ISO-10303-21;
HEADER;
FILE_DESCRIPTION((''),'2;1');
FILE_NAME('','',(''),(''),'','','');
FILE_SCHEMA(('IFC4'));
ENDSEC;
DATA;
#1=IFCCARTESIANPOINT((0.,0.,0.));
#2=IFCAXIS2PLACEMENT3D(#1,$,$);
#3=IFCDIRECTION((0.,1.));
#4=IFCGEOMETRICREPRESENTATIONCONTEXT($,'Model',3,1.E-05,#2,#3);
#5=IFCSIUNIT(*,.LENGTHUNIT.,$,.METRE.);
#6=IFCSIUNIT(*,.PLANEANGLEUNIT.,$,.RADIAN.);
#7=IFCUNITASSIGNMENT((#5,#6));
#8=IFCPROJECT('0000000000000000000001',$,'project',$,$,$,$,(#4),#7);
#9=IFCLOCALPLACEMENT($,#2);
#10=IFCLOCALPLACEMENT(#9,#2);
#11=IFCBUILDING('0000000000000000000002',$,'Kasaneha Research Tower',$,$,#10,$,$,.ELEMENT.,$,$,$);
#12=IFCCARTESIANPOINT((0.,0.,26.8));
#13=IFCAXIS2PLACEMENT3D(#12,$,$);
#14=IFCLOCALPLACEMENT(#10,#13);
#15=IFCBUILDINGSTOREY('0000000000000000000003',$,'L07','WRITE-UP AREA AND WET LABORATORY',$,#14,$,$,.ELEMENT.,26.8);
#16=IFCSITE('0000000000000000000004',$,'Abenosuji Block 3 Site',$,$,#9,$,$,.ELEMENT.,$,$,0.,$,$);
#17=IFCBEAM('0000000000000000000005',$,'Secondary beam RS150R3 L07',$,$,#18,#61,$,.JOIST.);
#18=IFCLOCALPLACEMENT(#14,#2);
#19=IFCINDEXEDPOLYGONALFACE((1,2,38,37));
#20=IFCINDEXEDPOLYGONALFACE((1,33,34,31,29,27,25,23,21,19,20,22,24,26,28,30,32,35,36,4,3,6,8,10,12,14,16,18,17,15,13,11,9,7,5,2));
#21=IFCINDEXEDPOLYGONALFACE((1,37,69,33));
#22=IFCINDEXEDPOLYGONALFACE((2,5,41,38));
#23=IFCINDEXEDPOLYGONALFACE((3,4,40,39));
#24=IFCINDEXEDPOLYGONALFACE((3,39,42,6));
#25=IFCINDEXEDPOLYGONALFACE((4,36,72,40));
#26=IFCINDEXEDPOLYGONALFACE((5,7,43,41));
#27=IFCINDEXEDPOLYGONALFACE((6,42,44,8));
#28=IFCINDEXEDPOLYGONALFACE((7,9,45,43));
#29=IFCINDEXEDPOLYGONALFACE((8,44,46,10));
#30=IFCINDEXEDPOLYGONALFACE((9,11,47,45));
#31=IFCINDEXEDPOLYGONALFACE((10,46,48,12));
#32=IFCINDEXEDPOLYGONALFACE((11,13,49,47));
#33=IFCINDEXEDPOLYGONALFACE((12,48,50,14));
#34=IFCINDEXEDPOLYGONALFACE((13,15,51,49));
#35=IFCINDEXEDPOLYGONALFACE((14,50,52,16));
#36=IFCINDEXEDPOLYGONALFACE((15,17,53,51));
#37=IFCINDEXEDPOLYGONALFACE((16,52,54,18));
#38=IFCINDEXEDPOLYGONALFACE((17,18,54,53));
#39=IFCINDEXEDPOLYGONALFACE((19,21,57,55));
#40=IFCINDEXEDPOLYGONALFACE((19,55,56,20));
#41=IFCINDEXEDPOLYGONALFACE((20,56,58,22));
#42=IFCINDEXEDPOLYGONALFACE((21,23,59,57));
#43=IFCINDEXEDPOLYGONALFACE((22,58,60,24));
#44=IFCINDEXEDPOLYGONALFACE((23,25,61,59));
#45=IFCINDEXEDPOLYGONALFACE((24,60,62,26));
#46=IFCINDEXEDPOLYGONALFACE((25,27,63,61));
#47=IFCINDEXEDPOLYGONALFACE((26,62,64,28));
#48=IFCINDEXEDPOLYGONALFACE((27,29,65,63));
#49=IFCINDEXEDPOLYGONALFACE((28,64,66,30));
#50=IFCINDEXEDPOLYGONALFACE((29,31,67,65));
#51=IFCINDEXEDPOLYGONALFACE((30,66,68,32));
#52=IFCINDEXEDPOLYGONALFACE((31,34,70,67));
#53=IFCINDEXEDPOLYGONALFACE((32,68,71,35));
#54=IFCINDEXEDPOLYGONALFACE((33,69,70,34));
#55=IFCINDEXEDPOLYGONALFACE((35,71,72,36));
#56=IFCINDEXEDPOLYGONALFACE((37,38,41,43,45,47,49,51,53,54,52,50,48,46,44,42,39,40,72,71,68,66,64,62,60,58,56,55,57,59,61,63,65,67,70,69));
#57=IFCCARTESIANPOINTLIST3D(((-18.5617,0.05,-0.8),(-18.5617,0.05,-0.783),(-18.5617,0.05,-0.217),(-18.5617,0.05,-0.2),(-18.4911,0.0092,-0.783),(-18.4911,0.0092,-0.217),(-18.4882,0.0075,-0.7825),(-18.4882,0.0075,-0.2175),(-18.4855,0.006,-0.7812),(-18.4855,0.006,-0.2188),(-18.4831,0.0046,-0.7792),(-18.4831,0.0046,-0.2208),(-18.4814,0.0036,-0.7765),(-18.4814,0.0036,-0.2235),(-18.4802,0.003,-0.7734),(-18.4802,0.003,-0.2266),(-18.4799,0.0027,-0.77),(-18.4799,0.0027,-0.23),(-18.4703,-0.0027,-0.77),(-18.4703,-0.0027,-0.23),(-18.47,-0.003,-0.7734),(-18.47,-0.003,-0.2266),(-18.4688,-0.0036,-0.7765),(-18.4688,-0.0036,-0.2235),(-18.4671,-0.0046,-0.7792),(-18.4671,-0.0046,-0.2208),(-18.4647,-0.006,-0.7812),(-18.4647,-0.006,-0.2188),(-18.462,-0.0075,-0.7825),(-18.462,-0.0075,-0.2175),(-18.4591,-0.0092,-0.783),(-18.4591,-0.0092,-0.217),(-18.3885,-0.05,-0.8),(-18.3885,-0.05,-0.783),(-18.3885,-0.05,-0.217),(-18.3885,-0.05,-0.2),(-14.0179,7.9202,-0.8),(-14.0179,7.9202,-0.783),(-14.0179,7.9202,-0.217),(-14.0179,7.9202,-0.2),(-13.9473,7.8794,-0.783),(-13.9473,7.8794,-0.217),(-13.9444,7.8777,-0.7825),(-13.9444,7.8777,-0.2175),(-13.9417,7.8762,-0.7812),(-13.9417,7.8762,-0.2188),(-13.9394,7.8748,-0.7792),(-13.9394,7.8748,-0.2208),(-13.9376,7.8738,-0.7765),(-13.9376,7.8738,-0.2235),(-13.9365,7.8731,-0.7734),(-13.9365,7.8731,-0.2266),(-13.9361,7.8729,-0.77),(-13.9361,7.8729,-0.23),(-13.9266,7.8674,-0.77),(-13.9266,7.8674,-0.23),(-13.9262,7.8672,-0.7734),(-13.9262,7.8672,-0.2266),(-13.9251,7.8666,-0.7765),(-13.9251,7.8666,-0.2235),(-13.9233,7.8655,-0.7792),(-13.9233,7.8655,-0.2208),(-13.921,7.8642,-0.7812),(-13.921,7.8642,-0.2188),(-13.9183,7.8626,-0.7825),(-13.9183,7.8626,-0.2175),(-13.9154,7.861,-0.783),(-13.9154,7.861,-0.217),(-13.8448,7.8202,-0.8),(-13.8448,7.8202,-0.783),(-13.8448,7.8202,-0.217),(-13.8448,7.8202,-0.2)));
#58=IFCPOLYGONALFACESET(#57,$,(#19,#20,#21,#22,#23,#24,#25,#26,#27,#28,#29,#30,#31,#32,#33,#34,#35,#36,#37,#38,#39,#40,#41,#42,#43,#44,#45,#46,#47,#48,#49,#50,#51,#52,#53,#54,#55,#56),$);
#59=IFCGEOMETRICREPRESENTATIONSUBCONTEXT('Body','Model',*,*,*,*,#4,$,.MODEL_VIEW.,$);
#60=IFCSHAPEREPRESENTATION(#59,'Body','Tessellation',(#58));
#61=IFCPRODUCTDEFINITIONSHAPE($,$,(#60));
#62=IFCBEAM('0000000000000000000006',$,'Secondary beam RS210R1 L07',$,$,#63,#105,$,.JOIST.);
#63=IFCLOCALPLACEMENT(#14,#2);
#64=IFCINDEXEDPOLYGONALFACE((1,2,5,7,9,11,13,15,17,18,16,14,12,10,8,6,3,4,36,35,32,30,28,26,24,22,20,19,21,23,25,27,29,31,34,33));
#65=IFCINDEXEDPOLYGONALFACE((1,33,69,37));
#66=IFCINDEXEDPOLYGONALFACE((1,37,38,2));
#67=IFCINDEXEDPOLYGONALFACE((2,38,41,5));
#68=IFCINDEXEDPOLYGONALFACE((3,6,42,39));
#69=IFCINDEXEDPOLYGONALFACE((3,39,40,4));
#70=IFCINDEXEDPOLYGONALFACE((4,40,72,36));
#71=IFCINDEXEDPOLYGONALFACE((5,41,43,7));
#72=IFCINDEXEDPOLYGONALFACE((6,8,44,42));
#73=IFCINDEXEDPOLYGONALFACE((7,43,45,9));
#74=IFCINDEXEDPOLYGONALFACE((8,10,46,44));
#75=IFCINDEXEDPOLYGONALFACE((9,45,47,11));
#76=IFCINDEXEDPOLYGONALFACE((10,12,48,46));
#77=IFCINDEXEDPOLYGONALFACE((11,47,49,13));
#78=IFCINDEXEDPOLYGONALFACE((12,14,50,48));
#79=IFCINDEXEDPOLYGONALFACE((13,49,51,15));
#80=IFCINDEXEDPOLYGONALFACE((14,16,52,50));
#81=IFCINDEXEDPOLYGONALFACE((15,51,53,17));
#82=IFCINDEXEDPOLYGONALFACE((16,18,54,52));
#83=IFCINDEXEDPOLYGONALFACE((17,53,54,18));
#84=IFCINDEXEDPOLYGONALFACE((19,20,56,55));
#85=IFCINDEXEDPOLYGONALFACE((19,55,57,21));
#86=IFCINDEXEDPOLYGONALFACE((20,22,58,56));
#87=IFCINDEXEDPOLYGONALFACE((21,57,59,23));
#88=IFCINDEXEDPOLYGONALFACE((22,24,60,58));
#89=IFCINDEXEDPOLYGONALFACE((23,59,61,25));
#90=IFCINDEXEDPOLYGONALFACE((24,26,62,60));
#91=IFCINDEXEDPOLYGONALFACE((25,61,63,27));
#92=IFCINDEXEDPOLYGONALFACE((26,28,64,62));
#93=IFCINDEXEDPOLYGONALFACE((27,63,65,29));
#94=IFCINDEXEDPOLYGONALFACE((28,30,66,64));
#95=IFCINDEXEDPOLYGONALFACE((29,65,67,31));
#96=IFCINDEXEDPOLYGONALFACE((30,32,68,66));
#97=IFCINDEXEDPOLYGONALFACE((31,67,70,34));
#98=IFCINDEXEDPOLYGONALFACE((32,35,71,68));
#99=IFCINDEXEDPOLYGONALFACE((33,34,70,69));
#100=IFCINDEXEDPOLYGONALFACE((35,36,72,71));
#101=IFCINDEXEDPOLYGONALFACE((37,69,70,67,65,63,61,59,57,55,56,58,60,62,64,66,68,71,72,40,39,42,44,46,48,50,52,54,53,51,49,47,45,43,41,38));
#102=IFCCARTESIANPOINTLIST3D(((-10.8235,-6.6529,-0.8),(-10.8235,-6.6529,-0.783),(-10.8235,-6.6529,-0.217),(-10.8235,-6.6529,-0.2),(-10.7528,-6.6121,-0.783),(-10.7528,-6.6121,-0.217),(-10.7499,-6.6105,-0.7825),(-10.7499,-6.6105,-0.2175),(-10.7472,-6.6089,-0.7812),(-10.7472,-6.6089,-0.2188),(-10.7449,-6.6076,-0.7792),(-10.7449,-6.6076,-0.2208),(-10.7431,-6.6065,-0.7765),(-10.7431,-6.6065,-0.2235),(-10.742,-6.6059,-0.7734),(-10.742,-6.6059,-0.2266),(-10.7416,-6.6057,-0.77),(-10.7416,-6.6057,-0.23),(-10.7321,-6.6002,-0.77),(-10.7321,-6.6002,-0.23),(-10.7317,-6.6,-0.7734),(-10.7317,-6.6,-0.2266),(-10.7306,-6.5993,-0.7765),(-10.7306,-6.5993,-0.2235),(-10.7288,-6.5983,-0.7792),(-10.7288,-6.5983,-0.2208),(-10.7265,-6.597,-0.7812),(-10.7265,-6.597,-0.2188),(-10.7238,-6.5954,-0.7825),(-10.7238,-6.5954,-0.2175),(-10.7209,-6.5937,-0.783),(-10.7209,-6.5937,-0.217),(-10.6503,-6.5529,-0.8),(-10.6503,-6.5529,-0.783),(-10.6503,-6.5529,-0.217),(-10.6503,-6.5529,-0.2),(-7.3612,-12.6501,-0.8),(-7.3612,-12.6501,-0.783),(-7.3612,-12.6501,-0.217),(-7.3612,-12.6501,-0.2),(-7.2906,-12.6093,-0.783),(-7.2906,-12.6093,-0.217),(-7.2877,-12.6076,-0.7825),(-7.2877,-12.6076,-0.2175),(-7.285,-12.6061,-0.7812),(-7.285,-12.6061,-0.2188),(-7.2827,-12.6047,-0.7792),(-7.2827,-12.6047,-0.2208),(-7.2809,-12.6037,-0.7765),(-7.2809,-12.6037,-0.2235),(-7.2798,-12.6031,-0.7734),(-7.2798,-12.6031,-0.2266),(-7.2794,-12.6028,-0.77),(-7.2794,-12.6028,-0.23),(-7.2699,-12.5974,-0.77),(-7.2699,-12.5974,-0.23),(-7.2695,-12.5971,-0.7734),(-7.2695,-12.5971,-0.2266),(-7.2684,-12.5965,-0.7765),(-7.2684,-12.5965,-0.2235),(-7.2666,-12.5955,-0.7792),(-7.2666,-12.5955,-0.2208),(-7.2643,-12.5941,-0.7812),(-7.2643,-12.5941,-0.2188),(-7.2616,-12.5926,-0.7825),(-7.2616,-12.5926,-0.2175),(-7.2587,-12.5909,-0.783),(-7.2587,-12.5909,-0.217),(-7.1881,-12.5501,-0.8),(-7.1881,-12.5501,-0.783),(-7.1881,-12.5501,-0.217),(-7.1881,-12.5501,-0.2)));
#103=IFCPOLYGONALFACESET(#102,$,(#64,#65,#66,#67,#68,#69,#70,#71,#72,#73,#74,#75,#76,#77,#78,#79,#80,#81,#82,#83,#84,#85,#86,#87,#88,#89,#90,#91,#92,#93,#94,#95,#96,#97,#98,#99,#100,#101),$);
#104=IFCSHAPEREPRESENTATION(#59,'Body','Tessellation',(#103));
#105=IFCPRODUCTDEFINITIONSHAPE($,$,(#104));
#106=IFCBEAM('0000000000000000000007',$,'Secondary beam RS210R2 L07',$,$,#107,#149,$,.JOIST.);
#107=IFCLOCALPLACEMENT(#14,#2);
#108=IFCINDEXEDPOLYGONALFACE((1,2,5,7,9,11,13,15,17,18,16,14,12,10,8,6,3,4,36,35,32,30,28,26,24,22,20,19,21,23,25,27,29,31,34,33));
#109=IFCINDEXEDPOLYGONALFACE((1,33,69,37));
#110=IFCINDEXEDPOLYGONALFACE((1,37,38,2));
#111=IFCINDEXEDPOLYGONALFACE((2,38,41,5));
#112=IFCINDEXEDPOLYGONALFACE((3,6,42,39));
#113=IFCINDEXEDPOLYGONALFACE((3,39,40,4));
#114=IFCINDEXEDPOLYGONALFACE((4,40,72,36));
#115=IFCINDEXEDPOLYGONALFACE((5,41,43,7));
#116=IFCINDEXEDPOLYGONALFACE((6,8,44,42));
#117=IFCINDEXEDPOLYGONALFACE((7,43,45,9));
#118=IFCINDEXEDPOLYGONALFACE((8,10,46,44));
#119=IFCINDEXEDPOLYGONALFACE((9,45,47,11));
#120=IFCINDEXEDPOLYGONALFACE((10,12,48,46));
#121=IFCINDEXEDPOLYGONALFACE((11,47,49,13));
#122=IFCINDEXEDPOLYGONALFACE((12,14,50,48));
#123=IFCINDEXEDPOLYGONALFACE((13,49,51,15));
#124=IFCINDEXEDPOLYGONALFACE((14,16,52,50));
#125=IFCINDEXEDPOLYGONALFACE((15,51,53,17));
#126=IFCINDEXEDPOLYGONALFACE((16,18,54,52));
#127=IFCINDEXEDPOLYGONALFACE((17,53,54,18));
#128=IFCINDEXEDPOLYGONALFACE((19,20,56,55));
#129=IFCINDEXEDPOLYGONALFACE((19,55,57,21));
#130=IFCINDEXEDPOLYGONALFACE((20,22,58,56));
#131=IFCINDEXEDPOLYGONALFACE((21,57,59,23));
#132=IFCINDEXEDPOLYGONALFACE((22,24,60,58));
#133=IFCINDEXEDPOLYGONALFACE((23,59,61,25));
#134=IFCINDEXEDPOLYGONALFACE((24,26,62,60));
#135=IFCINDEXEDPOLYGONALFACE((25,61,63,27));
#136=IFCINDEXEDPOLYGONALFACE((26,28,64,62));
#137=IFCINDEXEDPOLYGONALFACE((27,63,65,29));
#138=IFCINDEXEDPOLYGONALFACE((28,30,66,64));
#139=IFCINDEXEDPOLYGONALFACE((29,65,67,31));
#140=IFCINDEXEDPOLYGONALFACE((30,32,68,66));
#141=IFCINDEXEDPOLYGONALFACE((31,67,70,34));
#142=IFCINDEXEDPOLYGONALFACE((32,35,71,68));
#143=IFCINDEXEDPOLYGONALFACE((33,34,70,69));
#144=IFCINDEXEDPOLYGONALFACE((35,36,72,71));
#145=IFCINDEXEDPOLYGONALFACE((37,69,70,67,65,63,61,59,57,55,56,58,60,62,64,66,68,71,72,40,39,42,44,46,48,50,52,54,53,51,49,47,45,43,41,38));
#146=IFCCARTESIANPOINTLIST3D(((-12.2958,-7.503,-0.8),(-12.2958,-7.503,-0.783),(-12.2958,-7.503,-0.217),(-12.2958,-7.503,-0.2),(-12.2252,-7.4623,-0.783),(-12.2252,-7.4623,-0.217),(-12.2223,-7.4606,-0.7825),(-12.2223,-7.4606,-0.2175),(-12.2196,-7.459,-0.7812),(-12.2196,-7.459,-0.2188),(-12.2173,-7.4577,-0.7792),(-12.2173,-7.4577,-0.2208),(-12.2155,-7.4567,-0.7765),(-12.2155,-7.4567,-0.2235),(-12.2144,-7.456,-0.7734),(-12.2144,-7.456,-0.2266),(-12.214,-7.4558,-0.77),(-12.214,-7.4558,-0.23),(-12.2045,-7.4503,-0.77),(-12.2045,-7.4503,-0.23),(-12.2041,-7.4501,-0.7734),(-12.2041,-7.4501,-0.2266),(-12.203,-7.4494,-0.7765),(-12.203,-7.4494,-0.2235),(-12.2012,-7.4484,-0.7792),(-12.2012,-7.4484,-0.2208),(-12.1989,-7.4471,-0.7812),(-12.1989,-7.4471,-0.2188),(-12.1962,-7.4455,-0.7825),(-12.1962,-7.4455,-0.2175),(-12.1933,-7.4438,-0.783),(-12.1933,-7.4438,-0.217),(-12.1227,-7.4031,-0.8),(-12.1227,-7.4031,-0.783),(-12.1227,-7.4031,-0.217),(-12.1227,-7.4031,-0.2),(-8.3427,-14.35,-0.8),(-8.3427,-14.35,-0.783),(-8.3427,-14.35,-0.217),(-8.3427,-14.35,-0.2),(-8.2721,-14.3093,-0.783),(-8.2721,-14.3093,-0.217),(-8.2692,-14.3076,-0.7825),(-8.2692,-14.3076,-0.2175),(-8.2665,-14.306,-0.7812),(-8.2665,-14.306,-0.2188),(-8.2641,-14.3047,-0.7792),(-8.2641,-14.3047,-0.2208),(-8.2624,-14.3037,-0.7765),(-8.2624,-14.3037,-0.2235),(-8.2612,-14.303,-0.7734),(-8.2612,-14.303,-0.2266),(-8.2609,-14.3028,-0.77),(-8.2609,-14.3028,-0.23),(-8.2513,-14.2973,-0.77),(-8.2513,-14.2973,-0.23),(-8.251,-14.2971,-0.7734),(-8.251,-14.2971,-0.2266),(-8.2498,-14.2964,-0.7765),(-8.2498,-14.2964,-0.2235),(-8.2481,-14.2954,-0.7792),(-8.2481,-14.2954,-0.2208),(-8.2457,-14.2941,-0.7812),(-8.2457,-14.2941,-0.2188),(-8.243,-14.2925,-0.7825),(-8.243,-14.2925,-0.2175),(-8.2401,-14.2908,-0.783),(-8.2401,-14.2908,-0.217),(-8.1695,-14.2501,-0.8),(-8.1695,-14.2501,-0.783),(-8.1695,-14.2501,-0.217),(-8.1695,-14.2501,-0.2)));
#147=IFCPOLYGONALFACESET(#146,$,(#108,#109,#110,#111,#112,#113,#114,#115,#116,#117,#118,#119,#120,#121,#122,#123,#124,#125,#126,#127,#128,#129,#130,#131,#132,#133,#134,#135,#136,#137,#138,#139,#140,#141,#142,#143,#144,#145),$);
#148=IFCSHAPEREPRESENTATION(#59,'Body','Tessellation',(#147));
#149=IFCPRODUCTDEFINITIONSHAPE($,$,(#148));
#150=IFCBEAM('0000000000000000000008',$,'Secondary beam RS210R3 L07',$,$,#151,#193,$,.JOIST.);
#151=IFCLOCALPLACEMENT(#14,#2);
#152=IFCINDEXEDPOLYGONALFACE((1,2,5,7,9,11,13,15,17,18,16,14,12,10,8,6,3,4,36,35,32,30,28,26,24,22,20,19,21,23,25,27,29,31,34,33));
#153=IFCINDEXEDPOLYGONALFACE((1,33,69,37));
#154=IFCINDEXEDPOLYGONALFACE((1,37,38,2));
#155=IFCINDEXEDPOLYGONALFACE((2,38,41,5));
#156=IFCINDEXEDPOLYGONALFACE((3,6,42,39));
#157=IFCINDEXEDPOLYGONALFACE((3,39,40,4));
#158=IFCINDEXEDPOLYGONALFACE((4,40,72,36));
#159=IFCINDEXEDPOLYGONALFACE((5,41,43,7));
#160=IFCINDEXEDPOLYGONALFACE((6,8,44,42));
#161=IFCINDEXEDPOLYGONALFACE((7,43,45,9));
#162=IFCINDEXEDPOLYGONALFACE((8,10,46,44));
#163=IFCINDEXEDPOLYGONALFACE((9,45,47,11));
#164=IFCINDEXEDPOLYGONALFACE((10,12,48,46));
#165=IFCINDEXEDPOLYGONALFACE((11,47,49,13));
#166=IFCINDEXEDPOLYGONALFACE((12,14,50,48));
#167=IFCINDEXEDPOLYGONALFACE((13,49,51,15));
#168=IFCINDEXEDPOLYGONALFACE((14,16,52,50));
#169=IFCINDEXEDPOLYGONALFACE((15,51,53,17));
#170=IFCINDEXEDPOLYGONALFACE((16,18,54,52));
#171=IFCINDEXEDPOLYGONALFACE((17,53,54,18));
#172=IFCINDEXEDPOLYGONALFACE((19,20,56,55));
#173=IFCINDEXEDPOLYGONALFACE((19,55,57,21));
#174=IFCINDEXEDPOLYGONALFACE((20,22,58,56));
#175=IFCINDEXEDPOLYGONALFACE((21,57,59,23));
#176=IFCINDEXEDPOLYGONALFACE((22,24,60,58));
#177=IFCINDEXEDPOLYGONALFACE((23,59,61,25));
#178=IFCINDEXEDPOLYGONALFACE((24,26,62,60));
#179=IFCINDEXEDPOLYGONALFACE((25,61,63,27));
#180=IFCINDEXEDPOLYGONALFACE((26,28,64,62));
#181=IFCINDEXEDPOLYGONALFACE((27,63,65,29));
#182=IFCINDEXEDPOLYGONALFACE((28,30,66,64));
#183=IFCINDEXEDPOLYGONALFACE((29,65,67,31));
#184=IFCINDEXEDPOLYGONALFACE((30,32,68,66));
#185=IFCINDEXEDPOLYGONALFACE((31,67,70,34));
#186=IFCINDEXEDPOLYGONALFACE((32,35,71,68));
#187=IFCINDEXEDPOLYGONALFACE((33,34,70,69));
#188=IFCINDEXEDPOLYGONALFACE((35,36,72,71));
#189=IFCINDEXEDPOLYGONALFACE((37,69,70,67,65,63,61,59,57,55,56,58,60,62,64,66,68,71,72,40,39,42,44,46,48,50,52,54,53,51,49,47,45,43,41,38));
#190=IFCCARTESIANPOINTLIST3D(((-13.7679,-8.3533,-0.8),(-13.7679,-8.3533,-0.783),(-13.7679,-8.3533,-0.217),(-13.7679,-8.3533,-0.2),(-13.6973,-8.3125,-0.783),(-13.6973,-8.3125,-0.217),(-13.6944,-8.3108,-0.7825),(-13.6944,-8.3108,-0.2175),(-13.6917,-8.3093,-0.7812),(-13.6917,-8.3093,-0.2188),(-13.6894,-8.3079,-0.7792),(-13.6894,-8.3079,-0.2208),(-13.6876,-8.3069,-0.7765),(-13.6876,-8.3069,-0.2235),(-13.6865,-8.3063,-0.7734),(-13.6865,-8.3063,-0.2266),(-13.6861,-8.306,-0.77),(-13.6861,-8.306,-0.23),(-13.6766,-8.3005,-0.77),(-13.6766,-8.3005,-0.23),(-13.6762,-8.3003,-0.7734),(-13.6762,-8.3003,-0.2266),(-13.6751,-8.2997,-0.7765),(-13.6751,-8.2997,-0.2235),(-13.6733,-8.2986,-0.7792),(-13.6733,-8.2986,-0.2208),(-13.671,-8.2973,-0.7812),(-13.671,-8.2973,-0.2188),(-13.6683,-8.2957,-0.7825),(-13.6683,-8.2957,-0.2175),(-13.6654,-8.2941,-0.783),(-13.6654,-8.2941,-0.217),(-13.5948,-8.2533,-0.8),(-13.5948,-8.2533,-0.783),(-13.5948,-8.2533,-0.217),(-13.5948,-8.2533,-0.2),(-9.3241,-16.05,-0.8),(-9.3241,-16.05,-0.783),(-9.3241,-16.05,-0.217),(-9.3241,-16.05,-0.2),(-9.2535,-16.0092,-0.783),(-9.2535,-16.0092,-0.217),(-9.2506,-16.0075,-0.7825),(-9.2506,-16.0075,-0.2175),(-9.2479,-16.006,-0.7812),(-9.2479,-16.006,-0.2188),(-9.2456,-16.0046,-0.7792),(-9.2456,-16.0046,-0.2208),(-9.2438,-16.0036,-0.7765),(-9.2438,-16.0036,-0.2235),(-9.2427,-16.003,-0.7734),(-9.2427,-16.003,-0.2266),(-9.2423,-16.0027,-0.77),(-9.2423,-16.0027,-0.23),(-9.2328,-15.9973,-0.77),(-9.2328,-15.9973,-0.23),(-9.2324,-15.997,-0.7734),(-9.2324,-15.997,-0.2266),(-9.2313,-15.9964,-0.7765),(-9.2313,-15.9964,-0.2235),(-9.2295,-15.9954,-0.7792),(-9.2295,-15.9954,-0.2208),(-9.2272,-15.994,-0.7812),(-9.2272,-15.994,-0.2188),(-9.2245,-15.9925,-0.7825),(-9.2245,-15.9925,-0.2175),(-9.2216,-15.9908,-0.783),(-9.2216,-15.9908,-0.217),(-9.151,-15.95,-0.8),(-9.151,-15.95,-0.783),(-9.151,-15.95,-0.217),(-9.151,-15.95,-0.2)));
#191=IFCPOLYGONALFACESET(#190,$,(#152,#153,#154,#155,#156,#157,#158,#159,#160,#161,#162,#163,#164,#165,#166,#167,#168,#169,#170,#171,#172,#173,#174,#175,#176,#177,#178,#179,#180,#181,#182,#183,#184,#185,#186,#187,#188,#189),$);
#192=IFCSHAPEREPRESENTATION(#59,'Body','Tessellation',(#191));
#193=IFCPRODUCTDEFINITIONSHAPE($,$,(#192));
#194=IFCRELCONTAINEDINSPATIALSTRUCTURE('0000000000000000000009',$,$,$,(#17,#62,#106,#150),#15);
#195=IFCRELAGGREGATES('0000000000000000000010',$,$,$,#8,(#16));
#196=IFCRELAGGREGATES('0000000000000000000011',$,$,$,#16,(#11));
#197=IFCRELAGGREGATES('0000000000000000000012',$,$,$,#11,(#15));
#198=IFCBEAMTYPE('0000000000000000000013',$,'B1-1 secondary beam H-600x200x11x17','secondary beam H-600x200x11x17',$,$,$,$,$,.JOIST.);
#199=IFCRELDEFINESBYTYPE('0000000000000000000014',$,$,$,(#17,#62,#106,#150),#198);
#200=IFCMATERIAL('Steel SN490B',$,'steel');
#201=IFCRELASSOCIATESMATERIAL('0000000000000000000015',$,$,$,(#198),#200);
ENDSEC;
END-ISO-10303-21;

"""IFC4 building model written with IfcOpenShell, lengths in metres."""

from ifc_helpers import new_model, si_unit, direction, frame, origin, origin_2d, place, context, subcontext, project, spatial, i_section, extrude, material, material_profile, profile_set, type_object, element, save


model = new_model("IFC4")

# Units and contexts
model_context = context("Model", 3, precision=1e-05, world=origin(), true_north=direction((0.0, 1.0)))
body_context = subcontext(model_context, "Body", "Model", "MODEL_VIEW")
ifc_project = project(units=[si_unit("LENGTHUNIT", "METRE"), si_unit("PLANEANGLEUNIT", "RADIAN")], contexts=[model_context])

# Site, building, storey
site_placement = place(None, origin())
site = spatial("IfcSite", under=ifc_project, at=site_placement, Name="Abenosuji Block 3 Site", CompositionType="ELEMENT", RefElevation=0.0)
building_placement = place(site_placement, origin())
building = spatial("IfcBuilding", under=site, at=building_placement, Name="Kasaneha Research Tower", CompositionType="ELEMENT")
storey_placement = place(building_placement, frame((0.0, 0.0, 26.8)))
storey = spatial("IfcBuildingStorey", under=building, at=storey_placement, Name="L07", Description="WRITE-UP AREA AND WET LABORATORY", CompositionType="ELEMENT", Elevation=26.8)

# Beams
ifc_material_1 = material(Name="Steel SN490B", Category="steel")
ifc_material_profile_1 = material_profile(ifc_material_1, i_section(OverallWidth=0.2, OverallDepth=0.6001, WebThickness=0.011, FlangeThickness=0.0171, FilletRadius=0.0129, at=origin_2d()), Name="H-600x200x11x17")
ifc_profile_set_1 = profile_set([ifc_material_profile_1], Name="Steel SN490B")
beam_type_1 = type_object("IfcBeamType", Name="B1-1 secondary beam H-600x200x11x17", Description="secondary beam H-600x200x11x17", PredefinedType="JOIST", material=ifc_profile_set_1)
beam_1_placement = place(storey_placement, frame((-18.4751, 0.0, -0.5), z_axis=(0.499991, 0.866031, 0.0), x_axis=(-0.866031, 0.499991, 0.0)))
element("IfcBeam", 1, at=beam_1_placement, inside=storey, type_object=beam_type_1, Name="Secondary beam RS150R3 L07", PredefinedType="JOIST", context=body_context, shape_type="SweptSolid", body=[
    extrude(i_section(OverallWidth=0.2, OverallDepth=0.6001, WebThickness=0.011, FlangeThickness=0.0171, FilletRadius=0.0129, at=origin_2d()), origin(), (0.0, 0.0, 1.0), 9.0876),
])
beam_2_placement = place(storey_placement, frame((-7.2747, -12.6001, -0.5), z_axis=(-0.499973, 0.866041, 0.0), x_axis=(-0.866041, -0.499973, 0.0)))
element("IfcBeam", 2, at=beam_2_placement, inside=storey, type_object=beam_type_1, Name="Secondary beam RS210R1 L07", PredefinedType="JOIST", context=body_context, shape_type="SweptSolid", body=[
    extrude(i_section(OverallWidth=0.2, OverallDepth=0.6001, WebThickness=0.011, FlangeThickness=0.0171, FilletRadius=0.0129, at=origin_2d()), origin(), (0.0, 0.0, 1.0), 6.9248),
])
beam_3_placement = place(storey_placement, frame((-8.2561, -14.3, -0.5), z_axis=(-0.500005, 0.866023, 0.0), x_axis=(-0.866023, -0.500005, 0.0)))
element("IfcBeam", 3, at=beam_3_placement, inside=storey, type_object=beam_type_1, Name="Secondary beam RS210R2 L07", PredefinedType="JOIST", context=body_context, shape_type="SweptSolid", body=[
    extrude(i_section(OverallWidth=0.2, OverallDepth=0.6001, WebThickness=0.011, FlangeThickness=0.0171, FilletRadius=0.0129, at=origin_2d()), origin(), (0.0, 0.0, 1.0), 7.9062),
])
beam_4_placement = place(storey_placement, frame((-9.2375, -16.0, -0.5), z_axis=(-0.500009, 0.86602, 0.0), x_axis=(-0.86602, -0.500009, 0.0)))
element("IfcBeam", 4, at=beam_4_placement, inside=storey, type_object=beam_type_1, Name="Secondary beam RS210R3 L07", PredefinedType="JOIST", context=body_context, shape_type="SweptSolid", body=[
    extrude(i_section(OverallWidth=0.2, OverallDepth=0.6001, WebThickness=0.011, FlangeThickness=0.0171, FilletRadius=0.0129, at=origin_2d()), origin(), (0.0, 0.0, 1.0), 8.8875),
])

save(model, "model.ifc")
